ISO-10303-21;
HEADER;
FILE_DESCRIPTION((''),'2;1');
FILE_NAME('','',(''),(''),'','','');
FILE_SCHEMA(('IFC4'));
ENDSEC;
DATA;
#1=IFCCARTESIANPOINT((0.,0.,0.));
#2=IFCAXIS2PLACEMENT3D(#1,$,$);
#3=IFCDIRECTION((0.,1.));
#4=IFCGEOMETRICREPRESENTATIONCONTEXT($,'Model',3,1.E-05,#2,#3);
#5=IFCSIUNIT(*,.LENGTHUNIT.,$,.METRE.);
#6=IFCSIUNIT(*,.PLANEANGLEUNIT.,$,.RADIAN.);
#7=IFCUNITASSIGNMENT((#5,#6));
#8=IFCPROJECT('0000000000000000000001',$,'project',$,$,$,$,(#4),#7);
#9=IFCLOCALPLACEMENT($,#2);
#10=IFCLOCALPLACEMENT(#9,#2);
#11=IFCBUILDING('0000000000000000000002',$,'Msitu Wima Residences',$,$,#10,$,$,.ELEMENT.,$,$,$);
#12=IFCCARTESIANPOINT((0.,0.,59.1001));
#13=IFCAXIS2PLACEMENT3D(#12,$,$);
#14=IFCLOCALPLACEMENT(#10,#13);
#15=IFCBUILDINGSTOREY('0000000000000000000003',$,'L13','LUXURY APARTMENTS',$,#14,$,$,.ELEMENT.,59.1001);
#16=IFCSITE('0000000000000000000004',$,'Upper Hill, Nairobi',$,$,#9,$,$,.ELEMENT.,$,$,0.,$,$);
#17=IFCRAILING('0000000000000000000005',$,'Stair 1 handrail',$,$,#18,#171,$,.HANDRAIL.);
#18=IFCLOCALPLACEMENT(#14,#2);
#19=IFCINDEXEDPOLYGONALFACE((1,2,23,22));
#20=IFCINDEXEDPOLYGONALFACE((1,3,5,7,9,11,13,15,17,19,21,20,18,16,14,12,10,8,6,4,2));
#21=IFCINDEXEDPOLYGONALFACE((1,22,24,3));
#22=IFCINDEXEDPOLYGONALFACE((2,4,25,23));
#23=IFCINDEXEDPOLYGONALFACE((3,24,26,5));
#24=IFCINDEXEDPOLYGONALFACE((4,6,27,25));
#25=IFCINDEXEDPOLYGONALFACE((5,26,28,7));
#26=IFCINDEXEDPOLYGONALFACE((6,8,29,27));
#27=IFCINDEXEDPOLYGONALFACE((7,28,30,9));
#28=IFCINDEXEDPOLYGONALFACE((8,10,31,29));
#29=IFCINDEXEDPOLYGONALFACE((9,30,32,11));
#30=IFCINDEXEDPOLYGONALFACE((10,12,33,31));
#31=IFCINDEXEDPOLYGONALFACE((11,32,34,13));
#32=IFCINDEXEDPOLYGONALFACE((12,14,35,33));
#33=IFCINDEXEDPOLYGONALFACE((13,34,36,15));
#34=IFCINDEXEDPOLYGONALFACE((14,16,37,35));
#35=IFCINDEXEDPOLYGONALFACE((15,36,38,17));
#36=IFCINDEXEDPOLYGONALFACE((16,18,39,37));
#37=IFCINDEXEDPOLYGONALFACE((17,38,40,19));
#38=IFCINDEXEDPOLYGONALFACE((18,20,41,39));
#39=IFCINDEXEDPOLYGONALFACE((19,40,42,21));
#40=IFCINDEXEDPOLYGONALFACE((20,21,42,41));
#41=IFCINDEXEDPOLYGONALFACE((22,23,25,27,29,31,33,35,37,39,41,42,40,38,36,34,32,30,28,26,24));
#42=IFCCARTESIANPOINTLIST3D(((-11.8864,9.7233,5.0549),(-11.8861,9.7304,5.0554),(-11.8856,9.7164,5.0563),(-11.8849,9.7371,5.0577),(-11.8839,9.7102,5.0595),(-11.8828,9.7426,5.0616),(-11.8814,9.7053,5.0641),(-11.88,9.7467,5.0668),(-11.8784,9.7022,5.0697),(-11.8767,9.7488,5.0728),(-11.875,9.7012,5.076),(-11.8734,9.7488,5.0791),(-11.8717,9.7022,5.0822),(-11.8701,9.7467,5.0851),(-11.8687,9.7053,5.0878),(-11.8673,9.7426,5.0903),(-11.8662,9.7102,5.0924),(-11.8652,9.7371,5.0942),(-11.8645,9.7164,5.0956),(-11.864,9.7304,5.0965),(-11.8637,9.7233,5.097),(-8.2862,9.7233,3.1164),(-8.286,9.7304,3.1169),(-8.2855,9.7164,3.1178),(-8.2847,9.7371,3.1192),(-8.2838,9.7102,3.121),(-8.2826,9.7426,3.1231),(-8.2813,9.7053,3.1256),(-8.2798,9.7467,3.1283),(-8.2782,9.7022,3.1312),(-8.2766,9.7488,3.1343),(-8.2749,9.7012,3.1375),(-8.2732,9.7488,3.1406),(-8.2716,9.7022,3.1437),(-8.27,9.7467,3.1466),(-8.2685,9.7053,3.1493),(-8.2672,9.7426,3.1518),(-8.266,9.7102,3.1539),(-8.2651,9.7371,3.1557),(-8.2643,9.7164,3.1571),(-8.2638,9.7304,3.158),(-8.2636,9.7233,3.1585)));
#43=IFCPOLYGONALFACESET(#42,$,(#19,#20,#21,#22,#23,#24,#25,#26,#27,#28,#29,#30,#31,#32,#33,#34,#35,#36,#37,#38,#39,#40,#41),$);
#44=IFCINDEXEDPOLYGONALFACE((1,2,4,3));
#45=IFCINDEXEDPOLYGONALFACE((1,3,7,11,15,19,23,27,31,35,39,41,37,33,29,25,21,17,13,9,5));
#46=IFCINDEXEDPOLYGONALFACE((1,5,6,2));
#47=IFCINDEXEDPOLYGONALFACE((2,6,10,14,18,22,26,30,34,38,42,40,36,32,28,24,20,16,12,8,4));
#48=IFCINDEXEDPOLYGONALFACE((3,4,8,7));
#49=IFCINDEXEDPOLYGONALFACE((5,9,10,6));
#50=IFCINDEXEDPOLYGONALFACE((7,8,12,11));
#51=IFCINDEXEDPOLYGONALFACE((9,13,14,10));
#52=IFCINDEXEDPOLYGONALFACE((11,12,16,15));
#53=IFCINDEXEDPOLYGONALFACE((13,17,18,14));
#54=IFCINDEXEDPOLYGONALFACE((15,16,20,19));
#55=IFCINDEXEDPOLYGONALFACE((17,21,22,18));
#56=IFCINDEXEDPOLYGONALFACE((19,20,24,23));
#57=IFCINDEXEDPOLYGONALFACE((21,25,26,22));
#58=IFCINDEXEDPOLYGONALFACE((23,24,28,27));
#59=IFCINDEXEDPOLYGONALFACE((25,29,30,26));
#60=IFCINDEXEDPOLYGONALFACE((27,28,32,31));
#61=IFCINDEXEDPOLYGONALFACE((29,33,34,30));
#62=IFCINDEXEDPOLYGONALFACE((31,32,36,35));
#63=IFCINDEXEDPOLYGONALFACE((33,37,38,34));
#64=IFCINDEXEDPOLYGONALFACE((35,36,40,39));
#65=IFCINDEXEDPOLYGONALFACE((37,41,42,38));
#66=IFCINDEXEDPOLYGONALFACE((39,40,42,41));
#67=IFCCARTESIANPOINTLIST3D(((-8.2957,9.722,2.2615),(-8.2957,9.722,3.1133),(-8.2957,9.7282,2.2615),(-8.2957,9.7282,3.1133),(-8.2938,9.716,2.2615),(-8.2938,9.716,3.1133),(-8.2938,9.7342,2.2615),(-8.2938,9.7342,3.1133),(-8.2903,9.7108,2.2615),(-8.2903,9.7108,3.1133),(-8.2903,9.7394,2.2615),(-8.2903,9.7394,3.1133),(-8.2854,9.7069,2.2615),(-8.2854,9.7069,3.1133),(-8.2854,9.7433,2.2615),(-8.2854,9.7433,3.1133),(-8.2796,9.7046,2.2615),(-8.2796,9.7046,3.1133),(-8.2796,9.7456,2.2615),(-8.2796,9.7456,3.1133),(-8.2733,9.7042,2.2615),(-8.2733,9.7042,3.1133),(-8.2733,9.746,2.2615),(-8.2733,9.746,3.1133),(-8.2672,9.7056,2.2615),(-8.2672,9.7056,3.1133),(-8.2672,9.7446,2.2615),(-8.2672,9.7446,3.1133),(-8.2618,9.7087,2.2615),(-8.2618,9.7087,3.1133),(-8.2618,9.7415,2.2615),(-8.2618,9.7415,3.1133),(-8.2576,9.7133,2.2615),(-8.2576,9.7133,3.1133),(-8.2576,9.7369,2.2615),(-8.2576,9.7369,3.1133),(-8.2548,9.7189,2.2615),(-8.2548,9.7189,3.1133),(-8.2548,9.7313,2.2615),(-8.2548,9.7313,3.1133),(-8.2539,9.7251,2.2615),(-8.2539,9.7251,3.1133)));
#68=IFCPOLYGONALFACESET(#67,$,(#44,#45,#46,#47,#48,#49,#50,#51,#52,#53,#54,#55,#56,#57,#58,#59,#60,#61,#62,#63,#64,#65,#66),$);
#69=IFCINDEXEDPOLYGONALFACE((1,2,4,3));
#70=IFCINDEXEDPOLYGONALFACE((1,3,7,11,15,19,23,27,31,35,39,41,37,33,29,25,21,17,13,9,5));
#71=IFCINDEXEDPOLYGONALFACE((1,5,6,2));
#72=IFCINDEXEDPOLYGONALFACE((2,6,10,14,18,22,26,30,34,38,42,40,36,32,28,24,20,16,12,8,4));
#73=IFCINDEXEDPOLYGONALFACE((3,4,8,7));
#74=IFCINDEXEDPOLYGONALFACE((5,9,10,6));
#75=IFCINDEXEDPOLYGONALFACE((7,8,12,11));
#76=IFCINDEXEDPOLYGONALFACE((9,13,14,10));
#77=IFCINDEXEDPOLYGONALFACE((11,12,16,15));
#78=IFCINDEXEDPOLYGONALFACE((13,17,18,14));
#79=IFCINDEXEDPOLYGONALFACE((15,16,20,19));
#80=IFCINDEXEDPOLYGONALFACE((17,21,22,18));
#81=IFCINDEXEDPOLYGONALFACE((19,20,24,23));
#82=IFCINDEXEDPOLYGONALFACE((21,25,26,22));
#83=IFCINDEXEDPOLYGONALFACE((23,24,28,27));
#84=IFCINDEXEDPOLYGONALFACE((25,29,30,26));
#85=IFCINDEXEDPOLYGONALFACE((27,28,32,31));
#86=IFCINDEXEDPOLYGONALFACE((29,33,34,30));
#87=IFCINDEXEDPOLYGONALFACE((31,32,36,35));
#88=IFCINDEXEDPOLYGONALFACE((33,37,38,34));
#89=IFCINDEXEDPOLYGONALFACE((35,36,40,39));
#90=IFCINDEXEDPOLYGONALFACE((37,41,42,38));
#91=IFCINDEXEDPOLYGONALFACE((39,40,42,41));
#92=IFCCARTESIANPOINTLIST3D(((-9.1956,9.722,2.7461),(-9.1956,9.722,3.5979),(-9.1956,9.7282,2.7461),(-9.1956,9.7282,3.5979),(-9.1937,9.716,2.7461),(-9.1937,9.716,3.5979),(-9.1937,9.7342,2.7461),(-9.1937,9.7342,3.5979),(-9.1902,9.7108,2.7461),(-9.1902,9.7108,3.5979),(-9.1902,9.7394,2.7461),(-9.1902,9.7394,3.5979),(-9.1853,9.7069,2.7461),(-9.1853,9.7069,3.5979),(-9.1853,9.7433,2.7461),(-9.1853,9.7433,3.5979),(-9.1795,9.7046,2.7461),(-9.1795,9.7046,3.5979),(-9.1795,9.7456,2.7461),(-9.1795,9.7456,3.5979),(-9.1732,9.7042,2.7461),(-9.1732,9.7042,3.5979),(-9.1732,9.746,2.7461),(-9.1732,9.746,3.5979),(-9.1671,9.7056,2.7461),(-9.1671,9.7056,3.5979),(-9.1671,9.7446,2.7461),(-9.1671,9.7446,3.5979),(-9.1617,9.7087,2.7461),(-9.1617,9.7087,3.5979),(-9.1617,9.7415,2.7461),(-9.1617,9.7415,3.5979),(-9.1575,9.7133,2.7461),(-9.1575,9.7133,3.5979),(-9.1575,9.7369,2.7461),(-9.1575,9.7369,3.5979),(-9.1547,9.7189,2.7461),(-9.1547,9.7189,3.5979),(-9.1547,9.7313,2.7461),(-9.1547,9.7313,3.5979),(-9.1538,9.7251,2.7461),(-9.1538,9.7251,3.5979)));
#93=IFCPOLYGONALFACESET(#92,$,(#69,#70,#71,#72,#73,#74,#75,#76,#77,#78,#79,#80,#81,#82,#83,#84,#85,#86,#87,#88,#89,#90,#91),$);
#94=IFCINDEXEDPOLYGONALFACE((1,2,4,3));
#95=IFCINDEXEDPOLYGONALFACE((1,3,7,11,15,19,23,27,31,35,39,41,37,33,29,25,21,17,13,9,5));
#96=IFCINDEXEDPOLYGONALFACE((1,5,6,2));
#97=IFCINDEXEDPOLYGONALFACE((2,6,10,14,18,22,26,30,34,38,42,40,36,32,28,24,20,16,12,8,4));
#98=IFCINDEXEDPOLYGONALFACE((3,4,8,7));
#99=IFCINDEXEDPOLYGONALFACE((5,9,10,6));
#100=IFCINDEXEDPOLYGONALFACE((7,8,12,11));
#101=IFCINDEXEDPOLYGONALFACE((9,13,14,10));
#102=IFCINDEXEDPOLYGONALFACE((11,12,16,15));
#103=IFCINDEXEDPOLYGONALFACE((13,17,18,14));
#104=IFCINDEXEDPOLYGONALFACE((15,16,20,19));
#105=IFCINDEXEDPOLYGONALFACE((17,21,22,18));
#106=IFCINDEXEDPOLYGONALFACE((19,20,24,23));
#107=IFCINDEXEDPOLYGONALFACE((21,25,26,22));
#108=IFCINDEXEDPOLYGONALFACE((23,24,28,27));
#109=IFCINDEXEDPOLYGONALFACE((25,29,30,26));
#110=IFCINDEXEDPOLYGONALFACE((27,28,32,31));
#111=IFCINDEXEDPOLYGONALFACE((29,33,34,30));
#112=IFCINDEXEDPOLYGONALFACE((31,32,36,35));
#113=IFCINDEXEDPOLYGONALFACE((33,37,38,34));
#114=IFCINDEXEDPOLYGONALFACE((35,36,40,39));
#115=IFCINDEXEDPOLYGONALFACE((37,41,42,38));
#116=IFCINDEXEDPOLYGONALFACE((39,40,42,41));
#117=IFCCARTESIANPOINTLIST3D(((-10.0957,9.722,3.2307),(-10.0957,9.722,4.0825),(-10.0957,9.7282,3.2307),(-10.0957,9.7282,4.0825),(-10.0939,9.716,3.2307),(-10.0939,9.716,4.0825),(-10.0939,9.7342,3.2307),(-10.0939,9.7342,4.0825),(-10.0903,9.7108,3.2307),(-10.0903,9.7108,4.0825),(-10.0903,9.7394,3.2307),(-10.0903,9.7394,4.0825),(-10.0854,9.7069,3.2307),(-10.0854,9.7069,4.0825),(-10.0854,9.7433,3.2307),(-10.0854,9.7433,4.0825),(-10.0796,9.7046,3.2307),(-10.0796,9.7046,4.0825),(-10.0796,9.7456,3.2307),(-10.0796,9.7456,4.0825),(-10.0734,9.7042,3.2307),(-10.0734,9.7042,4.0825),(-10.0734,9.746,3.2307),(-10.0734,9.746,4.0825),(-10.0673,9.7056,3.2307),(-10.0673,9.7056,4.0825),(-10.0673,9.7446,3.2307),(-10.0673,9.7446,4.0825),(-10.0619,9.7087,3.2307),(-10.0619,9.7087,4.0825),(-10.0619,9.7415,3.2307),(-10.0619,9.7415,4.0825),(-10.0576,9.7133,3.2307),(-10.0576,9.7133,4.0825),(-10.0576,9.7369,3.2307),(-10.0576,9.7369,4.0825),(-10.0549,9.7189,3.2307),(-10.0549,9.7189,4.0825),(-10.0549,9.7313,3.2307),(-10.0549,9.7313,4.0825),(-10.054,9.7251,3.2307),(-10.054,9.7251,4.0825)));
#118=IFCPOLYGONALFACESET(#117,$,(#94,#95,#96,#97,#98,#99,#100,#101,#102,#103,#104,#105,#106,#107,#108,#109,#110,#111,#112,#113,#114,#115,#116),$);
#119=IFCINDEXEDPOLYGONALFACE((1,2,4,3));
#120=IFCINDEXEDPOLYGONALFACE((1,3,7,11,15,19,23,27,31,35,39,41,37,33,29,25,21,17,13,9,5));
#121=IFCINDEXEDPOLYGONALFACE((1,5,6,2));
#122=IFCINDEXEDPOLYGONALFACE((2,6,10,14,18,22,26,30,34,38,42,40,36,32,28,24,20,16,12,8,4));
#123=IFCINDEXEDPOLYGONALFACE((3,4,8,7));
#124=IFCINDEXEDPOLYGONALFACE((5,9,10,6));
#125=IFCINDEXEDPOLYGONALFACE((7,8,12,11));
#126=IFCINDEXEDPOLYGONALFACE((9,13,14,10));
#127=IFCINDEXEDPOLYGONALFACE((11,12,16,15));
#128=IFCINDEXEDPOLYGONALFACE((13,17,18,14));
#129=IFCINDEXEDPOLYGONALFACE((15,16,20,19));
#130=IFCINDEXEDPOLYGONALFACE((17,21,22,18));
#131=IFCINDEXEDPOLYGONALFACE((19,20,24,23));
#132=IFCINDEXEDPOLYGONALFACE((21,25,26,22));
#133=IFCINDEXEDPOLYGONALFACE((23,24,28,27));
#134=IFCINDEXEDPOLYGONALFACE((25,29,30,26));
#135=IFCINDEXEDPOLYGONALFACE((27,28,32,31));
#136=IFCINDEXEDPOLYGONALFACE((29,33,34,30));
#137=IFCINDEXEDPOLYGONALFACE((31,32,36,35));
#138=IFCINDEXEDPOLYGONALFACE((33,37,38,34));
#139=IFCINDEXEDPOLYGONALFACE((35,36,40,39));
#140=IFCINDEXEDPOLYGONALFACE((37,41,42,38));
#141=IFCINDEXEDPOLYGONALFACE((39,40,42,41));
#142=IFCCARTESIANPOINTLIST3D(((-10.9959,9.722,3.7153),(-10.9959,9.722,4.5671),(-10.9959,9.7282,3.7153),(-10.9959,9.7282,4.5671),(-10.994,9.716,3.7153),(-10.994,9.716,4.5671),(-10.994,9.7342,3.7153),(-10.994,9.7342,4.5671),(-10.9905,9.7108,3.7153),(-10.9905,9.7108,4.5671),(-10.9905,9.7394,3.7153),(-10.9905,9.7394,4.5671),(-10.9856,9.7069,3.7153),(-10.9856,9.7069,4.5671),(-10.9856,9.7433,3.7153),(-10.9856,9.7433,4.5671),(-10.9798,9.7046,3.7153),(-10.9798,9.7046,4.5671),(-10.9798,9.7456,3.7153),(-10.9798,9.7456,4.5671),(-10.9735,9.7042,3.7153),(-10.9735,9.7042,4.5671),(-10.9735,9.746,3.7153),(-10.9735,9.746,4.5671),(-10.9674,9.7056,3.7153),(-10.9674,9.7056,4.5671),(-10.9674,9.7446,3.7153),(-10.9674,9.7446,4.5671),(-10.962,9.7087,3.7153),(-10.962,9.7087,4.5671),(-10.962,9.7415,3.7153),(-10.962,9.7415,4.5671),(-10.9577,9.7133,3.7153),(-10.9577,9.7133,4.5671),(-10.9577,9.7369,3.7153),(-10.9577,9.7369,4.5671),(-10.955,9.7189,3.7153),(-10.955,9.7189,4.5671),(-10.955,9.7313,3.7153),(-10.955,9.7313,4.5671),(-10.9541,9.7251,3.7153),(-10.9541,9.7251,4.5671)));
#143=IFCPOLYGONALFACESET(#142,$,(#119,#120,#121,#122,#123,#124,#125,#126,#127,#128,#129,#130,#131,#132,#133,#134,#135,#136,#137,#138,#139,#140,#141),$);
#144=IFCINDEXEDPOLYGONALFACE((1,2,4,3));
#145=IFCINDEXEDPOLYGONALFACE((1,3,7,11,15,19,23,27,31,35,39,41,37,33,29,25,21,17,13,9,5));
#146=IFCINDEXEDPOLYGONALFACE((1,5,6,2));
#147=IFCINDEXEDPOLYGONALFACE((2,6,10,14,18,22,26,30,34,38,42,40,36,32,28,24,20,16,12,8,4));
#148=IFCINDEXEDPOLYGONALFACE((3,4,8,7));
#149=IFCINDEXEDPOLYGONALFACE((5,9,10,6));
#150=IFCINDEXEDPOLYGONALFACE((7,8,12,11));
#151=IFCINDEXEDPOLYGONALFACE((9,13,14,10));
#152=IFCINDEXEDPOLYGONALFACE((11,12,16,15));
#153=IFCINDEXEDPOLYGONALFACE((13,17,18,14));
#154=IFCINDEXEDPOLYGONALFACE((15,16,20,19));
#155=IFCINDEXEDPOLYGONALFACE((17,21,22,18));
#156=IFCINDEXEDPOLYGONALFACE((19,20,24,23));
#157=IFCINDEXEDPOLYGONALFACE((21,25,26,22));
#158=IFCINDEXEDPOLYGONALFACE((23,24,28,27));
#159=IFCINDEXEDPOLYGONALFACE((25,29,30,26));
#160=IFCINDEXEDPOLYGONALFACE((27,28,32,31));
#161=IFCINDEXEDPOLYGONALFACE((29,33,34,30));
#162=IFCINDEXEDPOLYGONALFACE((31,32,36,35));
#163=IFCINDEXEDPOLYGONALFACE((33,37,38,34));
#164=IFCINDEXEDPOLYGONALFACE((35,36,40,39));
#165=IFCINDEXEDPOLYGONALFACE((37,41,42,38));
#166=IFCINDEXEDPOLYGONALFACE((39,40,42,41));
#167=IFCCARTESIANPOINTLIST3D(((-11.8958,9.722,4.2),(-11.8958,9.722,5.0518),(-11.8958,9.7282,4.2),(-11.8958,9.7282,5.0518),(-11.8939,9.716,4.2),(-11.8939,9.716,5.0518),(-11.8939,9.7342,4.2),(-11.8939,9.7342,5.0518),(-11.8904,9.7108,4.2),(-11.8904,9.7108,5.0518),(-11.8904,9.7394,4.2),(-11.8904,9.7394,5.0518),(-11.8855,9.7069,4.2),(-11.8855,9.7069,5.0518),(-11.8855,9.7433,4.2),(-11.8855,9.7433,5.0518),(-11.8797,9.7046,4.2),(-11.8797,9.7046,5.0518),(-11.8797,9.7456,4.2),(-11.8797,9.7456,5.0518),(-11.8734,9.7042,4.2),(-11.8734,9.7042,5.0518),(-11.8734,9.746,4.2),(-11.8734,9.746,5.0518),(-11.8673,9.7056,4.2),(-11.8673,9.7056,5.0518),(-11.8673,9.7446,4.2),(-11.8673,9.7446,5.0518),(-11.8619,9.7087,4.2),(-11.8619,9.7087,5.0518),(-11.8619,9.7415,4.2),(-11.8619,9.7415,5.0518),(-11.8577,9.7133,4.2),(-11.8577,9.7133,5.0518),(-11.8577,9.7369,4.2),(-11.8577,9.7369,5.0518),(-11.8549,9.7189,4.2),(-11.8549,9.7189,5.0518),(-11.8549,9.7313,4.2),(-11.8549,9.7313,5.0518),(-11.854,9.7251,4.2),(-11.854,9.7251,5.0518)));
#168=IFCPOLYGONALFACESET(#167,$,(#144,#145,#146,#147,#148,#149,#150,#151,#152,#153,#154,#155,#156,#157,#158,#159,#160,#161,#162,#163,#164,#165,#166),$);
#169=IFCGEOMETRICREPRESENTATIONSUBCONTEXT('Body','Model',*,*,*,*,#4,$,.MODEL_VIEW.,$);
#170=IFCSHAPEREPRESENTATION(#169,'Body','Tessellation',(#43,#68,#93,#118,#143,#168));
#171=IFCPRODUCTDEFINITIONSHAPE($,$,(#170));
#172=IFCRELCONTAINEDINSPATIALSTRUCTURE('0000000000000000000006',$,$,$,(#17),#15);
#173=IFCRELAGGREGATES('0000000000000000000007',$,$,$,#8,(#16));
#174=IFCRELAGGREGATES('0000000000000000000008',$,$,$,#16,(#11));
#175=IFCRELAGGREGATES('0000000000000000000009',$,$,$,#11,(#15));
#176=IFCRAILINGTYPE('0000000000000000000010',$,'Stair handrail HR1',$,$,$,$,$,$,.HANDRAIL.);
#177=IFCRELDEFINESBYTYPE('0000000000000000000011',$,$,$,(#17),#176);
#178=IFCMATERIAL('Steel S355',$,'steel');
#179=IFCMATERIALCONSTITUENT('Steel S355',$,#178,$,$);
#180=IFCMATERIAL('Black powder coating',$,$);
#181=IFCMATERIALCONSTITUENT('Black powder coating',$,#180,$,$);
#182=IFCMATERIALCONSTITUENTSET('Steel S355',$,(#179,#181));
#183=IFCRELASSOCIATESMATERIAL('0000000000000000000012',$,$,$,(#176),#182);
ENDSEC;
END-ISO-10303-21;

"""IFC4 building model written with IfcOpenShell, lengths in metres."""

from ifc_helpers import new_model, si_unit, direction, frame, origin, origin_2d, place, context, subcontext, project, spatial, circle, extrude, material, constituent, constituent_set, type_object, element, save


model = new_model("IFC4")

# Units and contexts
model_context = context("Model", 3, precision=1e-05, world=origin(), true_north=direction((0.0, 1.0)))
body_context = subcontext(model_context, "Body", "Model", "MODEL_VIEW")
ifc_project = project(units=[si_unit("LENGTHUNIT", "METRE"), si_unit("PLANEANGLEUNIT", "RADIAN")], contexts=[model_context])

# Site, building, storey
site_placement = place(None, origin())
site = spatial("IfcSite", under=ifc_project, at=site_placement, Name="Upper Hill, Nairobi", CompositionType="ELEMENT", RefElevation=0.0)
building_placement = place(site_placement, origin())
building = spatial("IfcBuilding", under=site, at=building_placement, Name="Msitu Wima Residences", CompositionType="ELEMENT")
storey_placement = place(building_placement, frame((0.0, 0.0, 59.1001)))
storey = spatial("IfcBuildingStorey", under=building, at=storey_placement, Name="L13", Description="LUXURY APARTMENTS", CompositionType="ELEMENT", Elevation=59.1001)

# Railing
ifc_material_1 = material(Name="Steel S355", Category="steel")
ifc_constituent_1 = constituent(ifc_material_1, Name="Steel S355")
ifc_material_2 = material(Name="Black powder coating")
ifc_constituent_2 = constituent(ifc_material_2, Name="Black powder coating")
ifc_constituent_set = constituent_set(constituents=[ifc_constituent_1, ifc_constituent_2], Name="Steel S355")
railing_type = type_object("IfcRailingType", Name="Stair handrail HR1", PredefinedType="HANDRAIL", material=ifc_constituent_set)
for number, where, name in (
    (1, (-8.2749, 9.7251, 2.2615), "Stair 1 handrail"),
):
    element("IfcRailing", number, at=place(storey_placement, frame(where)), inside=storey, type_object=railing_type, Name=name, PredefinedType="HANDRAIL", context=body_context, shape_type="SweptSolid", body=[
        extrude(circle(Radius=0.0239, at=origin_2d()), frame((0.0, 0.0, 0.876), z_axis=(-0.880475, 0.0, 0.474093), x_axis=(0.0, -1.0, 0.0)), (0.0, 0.0, 1.0), 4.0889),
        extrude(circle(Radius=0.021, at=origin_2d()), origin(), (0.0, 0.0, 1.0), 0.8518),
        extrude(circle(Radius=0.021, at=origin_2d()), frame((-0.8999, 0.0, 0.4846)), (0.0, 0.0, 1.0), 0.8518),
        extrude(circle(Radius=0.021, at=origin_2d()), frame((-1.8, 0.0, 0.9692)), (0.0, 0.0, 1.0), 0.8518),
        extrude(circle(Radius=0.021, at=origin_2d()), frame((-2.7002, 0.0, 1.4539)), (0.0, 0.0, 1.0), 0.8518),
        extrude(circle(Radius=0.021, at=origin_2d()), frame((-3.6001, 0.0, 1.9385)), (0.0, 0.0, 1.0), 0.8518),
    ])

save(model, "model.ifc")
